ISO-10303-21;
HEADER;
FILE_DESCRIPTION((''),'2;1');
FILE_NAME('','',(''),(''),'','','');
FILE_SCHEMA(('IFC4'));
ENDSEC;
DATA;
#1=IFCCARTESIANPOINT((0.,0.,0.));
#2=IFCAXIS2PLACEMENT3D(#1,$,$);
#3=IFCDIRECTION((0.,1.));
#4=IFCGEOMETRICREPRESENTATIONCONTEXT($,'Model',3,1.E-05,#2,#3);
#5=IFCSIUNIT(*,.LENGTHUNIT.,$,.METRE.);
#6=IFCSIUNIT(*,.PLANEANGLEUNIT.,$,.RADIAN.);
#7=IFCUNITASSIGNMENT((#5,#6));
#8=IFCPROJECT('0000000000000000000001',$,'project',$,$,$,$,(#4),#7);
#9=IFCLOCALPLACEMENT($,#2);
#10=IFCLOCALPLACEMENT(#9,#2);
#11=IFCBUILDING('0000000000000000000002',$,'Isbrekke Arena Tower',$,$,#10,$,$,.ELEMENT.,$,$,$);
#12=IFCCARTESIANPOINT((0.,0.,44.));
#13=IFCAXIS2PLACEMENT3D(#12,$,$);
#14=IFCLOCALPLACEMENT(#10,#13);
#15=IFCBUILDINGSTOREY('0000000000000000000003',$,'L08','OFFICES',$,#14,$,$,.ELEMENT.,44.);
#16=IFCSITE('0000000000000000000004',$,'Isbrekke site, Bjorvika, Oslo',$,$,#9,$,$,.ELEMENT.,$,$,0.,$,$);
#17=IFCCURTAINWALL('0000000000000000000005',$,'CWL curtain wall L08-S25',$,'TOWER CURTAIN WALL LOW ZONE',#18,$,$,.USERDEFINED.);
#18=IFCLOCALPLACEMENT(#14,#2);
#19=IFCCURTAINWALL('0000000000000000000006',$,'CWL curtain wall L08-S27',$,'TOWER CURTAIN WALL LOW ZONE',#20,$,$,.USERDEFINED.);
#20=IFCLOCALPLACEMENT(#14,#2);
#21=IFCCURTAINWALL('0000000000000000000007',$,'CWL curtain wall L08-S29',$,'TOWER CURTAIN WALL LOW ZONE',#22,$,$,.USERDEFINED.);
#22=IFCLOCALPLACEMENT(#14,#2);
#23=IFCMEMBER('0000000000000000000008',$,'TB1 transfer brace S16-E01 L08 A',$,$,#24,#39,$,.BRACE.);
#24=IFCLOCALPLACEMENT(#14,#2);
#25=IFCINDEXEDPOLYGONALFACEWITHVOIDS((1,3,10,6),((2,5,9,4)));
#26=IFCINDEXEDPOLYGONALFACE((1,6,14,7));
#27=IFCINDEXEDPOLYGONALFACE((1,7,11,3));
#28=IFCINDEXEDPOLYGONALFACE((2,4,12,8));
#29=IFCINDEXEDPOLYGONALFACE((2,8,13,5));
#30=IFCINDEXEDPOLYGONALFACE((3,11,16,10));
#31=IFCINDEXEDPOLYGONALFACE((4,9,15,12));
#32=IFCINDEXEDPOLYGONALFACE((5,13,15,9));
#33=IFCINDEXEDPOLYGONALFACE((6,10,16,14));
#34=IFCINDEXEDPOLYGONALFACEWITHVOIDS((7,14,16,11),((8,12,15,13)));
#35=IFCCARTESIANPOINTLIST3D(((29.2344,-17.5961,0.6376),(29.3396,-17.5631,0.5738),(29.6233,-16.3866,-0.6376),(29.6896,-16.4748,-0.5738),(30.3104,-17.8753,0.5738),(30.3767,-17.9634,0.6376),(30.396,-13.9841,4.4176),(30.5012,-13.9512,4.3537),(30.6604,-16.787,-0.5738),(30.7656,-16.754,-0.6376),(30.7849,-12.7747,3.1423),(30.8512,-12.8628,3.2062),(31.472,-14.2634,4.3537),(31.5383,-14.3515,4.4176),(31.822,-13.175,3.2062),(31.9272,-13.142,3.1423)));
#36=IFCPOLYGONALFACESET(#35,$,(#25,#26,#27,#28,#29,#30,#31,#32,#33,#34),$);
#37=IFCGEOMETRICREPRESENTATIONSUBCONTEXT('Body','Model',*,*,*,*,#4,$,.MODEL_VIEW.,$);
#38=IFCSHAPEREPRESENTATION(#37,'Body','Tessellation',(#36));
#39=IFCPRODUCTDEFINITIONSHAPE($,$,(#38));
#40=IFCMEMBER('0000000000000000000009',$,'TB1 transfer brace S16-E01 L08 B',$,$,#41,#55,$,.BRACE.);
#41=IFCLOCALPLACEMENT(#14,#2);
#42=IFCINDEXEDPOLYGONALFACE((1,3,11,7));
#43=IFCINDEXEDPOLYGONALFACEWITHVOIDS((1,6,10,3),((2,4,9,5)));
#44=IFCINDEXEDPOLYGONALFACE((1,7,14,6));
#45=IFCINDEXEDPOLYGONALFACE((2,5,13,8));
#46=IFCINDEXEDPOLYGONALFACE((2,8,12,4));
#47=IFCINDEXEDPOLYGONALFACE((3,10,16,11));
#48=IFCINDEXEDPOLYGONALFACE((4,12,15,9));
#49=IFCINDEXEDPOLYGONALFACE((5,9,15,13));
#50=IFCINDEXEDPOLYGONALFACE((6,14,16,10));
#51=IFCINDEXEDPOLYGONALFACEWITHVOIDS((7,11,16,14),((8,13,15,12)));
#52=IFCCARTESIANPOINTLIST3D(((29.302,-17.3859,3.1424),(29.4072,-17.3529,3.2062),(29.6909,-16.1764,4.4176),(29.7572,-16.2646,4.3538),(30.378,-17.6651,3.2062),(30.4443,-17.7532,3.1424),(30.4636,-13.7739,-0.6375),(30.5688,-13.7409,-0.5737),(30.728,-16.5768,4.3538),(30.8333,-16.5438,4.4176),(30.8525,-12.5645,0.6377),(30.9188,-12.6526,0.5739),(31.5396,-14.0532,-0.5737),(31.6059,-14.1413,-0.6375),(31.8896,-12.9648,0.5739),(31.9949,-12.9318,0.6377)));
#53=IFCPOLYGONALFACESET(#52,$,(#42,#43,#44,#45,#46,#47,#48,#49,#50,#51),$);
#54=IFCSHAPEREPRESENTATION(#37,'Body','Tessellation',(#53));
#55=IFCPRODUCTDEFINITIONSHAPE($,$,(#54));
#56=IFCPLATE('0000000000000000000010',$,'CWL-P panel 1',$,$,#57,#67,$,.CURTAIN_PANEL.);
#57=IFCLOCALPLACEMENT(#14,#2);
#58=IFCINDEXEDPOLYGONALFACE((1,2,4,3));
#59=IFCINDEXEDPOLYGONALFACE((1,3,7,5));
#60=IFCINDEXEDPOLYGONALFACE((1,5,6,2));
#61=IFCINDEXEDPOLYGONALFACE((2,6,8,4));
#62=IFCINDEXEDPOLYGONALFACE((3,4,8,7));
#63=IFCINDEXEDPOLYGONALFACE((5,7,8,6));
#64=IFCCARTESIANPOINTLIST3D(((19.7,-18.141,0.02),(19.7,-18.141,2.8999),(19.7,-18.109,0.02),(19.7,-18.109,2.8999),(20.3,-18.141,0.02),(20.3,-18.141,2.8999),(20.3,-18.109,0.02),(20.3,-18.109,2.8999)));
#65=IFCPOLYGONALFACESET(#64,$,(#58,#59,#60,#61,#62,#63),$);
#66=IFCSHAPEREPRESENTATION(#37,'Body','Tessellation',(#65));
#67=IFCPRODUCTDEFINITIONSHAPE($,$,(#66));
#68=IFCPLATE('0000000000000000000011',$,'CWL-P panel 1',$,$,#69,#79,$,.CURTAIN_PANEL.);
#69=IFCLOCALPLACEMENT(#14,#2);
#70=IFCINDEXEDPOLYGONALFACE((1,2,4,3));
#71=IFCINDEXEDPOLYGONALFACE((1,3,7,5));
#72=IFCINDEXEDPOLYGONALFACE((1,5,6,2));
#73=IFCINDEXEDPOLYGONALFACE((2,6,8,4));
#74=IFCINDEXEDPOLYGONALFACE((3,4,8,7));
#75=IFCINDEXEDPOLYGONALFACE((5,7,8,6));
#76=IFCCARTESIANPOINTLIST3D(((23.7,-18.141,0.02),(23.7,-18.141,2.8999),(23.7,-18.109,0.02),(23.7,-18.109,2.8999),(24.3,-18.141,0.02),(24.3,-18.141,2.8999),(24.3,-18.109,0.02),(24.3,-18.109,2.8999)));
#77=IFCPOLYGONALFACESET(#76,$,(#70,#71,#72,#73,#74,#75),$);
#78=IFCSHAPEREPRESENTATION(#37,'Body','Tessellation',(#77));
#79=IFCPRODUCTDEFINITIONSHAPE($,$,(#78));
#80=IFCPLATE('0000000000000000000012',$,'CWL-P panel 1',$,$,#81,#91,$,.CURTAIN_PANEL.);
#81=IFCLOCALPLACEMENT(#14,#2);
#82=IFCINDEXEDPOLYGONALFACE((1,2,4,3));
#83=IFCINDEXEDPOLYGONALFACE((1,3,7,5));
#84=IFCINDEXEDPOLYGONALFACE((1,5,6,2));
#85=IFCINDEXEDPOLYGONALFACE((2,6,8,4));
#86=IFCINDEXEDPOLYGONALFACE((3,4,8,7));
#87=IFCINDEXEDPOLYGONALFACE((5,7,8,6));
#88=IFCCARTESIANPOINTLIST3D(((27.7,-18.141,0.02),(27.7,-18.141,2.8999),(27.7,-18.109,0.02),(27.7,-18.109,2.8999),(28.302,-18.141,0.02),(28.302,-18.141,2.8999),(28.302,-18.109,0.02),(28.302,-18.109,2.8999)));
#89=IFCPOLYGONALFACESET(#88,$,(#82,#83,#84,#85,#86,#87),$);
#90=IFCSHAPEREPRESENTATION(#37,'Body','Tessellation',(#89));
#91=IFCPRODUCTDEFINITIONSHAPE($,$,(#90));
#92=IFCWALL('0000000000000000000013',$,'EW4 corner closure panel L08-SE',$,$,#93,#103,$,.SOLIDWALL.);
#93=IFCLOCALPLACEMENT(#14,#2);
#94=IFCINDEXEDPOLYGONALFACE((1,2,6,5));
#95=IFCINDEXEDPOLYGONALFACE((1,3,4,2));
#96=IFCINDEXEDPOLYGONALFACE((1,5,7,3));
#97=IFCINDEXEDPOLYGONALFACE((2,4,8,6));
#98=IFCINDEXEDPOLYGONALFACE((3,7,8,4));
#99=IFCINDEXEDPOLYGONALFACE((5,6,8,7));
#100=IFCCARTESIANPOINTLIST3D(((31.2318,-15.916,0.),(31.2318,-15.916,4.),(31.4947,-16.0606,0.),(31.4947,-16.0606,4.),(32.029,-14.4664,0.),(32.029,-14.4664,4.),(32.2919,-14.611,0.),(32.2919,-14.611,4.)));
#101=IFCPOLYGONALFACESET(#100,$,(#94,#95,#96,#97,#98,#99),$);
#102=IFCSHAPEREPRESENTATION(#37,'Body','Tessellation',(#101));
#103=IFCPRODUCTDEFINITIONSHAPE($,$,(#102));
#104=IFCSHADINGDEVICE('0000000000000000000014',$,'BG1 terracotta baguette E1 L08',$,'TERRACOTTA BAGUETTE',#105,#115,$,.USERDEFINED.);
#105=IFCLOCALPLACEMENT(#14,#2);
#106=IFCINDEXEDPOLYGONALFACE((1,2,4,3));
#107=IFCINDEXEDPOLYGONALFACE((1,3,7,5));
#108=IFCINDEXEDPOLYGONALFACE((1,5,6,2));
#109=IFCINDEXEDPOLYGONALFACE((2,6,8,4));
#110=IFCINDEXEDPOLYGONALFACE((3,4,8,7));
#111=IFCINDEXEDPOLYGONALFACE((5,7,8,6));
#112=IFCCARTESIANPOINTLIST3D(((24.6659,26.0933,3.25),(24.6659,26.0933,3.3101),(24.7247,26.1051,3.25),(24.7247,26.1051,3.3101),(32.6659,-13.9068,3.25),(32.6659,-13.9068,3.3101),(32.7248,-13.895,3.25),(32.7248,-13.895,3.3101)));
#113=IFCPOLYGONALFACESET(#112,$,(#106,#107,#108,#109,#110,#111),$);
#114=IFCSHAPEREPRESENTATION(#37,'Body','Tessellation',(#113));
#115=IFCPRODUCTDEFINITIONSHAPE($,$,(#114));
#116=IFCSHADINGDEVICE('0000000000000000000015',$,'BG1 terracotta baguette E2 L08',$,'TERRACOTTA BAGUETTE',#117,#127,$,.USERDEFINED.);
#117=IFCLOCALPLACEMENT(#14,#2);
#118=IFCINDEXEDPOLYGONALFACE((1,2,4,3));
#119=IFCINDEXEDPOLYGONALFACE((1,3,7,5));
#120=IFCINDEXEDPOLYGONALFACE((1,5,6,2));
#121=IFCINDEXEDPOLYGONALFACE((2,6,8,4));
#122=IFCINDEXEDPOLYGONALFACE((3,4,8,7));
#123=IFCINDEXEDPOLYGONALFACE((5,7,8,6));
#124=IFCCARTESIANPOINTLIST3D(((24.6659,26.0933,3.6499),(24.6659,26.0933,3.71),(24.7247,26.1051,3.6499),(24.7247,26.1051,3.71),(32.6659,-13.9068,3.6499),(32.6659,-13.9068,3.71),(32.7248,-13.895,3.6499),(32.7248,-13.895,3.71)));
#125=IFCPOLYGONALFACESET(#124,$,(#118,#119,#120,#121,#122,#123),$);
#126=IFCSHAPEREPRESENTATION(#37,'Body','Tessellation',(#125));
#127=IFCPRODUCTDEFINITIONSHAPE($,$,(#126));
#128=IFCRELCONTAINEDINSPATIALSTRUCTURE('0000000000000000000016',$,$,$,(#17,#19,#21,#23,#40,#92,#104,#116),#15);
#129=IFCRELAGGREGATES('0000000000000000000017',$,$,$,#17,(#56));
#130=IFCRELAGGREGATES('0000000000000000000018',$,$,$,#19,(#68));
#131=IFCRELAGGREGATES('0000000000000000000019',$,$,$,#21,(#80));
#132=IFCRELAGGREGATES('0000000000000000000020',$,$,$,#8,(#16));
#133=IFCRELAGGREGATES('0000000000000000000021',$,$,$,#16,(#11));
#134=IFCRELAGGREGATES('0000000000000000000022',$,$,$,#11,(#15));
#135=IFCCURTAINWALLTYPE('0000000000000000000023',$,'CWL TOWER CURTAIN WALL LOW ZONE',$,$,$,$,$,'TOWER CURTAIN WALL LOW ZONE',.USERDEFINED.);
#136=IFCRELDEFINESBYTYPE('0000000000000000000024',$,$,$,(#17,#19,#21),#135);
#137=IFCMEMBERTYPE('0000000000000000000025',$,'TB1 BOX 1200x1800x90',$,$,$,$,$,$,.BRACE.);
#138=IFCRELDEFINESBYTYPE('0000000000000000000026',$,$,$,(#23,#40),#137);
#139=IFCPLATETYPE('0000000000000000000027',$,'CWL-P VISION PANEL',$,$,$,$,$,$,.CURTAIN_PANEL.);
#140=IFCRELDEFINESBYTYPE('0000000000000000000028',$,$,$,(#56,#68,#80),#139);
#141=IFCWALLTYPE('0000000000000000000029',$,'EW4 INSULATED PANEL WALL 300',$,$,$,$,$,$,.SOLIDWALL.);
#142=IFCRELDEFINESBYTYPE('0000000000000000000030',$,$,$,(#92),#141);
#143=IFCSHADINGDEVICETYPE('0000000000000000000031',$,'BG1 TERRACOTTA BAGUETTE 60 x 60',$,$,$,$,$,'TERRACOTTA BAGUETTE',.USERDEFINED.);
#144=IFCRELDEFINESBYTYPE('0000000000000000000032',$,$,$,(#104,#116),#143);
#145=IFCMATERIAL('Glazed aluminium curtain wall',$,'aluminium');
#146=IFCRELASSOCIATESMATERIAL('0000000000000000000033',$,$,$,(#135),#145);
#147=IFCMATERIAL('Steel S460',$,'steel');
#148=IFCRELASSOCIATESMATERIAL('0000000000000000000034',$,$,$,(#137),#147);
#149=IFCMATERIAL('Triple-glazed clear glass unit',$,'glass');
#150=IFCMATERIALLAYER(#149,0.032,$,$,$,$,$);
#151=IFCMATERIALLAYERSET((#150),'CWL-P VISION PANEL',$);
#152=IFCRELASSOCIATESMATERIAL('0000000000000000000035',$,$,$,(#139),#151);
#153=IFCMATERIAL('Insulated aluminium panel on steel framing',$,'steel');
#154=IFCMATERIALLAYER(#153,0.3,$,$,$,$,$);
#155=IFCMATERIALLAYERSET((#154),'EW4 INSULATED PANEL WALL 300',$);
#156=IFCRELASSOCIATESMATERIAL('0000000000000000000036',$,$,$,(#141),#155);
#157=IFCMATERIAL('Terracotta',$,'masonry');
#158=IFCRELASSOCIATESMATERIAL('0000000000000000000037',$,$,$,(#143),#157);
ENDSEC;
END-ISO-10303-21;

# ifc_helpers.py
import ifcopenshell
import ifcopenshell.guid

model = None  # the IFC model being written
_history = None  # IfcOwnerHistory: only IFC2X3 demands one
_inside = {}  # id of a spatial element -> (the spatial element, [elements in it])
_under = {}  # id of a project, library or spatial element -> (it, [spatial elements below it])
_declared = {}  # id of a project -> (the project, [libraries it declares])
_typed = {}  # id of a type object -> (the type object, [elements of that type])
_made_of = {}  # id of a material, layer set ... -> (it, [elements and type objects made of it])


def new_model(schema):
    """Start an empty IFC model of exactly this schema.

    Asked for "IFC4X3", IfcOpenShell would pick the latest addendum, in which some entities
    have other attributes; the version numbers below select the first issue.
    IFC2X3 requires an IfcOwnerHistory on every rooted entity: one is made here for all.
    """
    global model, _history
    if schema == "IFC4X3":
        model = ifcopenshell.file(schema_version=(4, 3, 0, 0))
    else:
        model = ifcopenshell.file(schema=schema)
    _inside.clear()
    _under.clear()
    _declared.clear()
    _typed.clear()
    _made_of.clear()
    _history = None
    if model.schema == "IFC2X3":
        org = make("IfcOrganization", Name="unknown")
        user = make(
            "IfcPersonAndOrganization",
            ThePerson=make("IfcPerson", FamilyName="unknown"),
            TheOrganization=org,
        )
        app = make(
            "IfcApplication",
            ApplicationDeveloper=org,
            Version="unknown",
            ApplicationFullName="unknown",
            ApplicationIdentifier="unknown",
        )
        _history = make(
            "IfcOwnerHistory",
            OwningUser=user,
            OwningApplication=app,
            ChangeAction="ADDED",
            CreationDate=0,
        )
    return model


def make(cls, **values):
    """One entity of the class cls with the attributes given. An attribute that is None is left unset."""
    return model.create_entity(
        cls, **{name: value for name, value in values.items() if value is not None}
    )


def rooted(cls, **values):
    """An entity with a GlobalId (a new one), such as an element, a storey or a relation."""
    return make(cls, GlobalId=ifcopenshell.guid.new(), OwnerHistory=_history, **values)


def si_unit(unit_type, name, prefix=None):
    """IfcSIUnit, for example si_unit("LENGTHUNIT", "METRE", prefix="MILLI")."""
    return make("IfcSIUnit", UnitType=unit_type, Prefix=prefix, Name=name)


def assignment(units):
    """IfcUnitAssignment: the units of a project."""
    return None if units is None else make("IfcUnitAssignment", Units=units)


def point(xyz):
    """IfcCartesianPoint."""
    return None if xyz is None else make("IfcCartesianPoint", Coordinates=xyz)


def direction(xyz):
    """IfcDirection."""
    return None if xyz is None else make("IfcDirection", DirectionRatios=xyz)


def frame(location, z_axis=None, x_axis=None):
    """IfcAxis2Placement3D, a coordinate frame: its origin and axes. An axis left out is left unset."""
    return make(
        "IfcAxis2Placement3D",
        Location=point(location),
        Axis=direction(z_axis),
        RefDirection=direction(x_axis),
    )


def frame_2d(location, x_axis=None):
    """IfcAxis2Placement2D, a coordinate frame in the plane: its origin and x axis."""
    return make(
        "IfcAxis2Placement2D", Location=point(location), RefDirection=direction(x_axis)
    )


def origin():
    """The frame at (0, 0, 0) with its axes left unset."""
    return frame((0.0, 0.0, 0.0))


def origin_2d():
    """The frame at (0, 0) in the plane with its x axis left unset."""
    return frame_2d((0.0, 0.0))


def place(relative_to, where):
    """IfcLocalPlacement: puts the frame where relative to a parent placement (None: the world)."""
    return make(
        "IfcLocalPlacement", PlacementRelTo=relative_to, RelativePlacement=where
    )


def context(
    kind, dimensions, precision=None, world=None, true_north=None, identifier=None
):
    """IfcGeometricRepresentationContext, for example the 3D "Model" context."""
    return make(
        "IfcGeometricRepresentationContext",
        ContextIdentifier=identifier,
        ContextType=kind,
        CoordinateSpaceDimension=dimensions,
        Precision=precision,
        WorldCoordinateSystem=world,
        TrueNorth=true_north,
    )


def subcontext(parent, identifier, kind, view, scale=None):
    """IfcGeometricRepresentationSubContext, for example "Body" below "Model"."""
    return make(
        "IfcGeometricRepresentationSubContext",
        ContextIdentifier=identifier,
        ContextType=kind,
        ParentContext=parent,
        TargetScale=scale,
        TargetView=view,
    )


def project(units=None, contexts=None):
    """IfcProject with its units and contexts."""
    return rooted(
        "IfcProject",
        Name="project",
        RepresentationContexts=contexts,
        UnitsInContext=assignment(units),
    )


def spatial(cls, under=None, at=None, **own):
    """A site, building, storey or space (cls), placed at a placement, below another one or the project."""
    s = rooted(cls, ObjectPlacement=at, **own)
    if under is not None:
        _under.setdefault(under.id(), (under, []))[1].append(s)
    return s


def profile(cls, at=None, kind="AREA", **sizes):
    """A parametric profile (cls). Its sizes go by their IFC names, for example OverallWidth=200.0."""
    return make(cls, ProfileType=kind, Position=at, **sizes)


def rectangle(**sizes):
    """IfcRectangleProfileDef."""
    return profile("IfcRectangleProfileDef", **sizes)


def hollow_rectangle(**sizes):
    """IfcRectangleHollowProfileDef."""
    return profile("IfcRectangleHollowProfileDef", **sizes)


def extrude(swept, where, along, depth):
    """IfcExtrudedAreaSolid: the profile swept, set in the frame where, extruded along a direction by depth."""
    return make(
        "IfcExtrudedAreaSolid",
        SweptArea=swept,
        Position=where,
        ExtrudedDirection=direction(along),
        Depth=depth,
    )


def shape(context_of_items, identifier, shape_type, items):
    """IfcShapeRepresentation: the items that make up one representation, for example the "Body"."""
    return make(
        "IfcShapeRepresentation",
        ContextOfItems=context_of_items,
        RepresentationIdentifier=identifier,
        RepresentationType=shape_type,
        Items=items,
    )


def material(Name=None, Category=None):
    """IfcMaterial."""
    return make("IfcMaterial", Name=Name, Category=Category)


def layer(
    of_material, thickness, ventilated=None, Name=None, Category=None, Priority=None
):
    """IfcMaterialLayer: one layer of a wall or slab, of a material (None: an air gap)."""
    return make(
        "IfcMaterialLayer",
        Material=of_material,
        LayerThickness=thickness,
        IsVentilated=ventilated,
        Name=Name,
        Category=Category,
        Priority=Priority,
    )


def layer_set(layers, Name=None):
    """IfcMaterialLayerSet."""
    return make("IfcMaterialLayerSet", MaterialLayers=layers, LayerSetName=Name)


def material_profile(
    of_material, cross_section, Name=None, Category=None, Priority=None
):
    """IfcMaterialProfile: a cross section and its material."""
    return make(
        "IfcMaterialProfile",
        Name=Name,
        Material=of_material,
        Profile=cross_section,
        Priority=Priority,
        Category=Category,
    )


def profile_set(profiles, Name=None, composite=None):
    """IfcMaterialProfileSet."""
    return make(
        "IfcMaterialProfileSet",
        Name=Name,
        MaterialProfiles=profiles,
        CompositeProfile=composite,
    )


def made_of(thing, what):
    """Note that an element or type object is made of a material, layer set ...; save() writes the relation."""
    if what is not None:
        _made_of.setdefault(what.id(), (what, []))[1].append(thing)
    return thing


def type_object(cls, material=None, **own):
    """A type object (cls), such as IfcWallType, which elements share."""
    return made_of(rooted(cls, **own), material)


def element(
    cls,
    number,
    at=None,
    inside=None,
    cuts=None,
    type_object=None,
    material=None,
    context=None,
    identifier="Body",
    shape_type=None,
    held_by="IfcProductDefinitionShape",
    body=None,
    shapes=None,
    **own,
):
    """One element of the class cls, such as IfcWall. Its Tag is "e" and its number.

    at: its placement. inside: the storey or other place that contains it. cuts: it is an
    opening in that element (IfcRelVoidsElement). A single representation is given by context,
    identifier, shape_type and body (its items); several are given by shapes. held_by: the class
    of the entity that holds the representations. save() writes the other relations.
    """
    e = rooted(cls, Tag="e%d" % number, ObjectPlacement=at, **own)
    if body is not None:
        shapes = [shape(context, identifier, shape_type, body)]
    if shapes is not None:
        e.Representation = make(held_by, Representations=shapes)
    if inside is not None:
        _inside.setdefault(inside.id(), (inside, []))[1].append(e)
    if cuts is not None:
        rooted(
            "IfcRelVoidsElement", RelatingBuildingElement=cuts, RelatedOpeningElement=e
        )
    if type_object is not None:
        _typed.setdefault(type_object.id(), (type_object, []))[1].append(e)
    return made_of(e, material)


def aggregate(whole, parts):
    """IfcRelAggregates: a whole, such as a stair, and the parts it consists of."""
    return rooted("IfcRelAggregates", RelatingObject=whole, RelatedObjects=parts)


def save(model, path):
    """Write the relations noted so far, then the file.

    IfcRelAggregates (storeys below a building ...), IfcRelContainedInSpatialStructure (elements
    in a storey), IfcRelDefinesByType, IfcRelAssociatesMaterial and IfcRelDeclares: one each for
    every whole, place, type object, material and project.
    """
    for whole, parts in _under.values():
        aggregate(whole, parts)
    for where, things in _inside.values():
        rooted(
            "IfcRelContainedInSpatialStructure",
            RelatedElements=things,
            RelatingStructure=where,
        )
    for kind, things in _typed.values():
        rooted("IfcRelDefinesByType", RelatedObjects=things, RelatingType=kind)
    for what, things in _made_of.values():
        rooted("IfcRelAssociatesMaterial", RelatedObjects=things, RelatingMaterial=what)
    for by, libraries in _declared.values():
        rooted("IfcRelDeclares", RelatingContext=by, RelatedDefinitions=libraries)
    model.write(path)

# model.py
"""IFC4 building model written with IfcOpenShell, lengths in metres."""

from ifc_helpers import new_model, si_unit, direction, frame, frame_2d, origin, origin_2d, place, context, subcontext, project, spatial, rectangle, hollow_rectangle, extrude, material, layer, layer_set, material_profile, profile_set, type_object, element, aggregate, save


model = new_model("IFC4")

# Units and contexts
model_context = context("Model", 3, precision=1e-05, world=origin(), true_north=direction((0.0, 1.0)))
body_context = subcontext(model_context, "Body", "Model", "MODEL_VIEW")
ifc_project = project(units=[si_unit("LENGTHUNIT", "METRE"), si_unit("PLANEANGLEUNIT", "RADIAN")], contexts=[model_context])

# Site, building, storey
site_placement = place(None, origin())
site = spatial("IfcSite", under=ifc_project, at=site_placement, Name="Isbrekke site, Bjorvika, Oslo", CompositionType="ELEMENT", RefElevation=0.0)
building_placement = place(site_placement, origin())
building = spatial("IfcBuilding", under=site, at=building_placement, Name="Isbrekke Arena Tower", CompositionType="ELEMENT")
storey_placement = place(building_placement, frame((0.0, 0.0, 44.0)))
storey = spatial("IfcBuildingStorey", under=building, at=storey_placement, Name="L08", Description="OFFICES", CompositionType="ELEMENT", Elevation=44.0)

# Curtain walls
ifc_material_1 = material(Name="Glazed aluminium curtain wall", Category="aluminium")
curtain_wall_type = type_object("IfcCurtainWallType", Name="CWL TOWER CURTAIN WALL LOW ZONE", ElementType="TOWER CURTAIN WALL LOW ZONE", PredefinedType="USERDEFINED", material=ifc_material_1)
curtain_wall_1_placement = place(storey_placement, origin())
curtain_wall_1 = element("IfcCurtainWall", 1, at=curtain_wall_1_placement, inside=storey, type_object=curtain_wall_type, Name="CWL curtain wall L08-S25", ObjectType="TOWER CURTAIN WALL LOW ZONE", PredefinedType="USERDEFINED")
curtain_wall_2_placement = place(storey_placement, origin())
curtain_wall_2 = element("IfcCurtainWall", 2, at=curtain_wall_2_placement, inside=storey, type_object=curtain_wall_type, Name="CWL curtain wall L08-S27", ObjectType="TOWER CURTAIN WALL LOW ZONE", PredefinedType="USERDEFINED")
curtain_wall_3_placement = place(storey_placement, origin())
curtain_wall_3 = element("IfcCurtainWall", 3, at=curtain_wall_3_placement, inside=storey, type_object=curtain_wall_type, Name="CWL curtain wall L08-S29", ObjectType="TOWER CURTAIN WALL LOW ZONE", PredefinedType="USERDEFINED")

# Members
ifc_material_2 = material(Name="Steel S460", Category="steel")
ifc_material_profile_1 = material_profile(ifc_material_2, hollow_rectangle(XDim=1.2, YDim=1.8, WallThickness=0.0901, at=origin_2d()), Name="BOX 1200x1800x90")
ifc_profile_set_1 = profile_set([ifc_material_profile_1], Name="Steel S460")
member_type_1 = type_object("IfcMemberType", Name="TB1 BOX 1200x1800x90", PredefinedType="BRACE", material=ifc_profile_set_1)
for number, where, z_axis, x_axis, name in (
    (4, (30.0, -17.175, 0.0), (0.216889, 0.674416, 0.705778), (-0.951982, 0.306153, 0.0), "TB1 transfer brace S16-E01 L08 A"),
    (5, (30.0676, -16.9648, 3.78), (0.216889, 0.674416, -0.705778), (-0.951982, 0.306153, 0.0), "TB1 transfer brace S16-E01 L08 B"),
):
    element("IfcMember", number, at=place(storey_placement, frame(where, z_axis=z_axis, x_axis=x_axis)), inside=storey, type_object=member_type_1, Name=name, PredefinedType="BRACE", context=body_context, shape_type="SweptSolid", body=[
        extrude(hollow_rectangle(XDim=1.2, YDim=1.8, WallThickness=0.0901, at=origin_2d()), origin(), (0.0, 0.0, 1.0), 5.3557),
    ])

# Plates
ifc_material_3 = material(Name="Triple-glazed clear glass unit", Category="glass")
ifc_layer_1 = layer(ifc_material_3, 0.032)
ifc_layer_set_1 = layer_set([ifc_layer_1], Name="CWL-P VISION PANEL")
plate_type = type_object("IfcPlateType", Name="CWL-P VISION PANEL", PredefinedType="CURTAIN_PANEL", material=ifc_layer_set_1)
plate_1_placement = place(storey_placement, frame((20.0, -18.125, 0.02), z_axis=(0.0, 0.0, 1.0), x_axis=(1.0, 0.0, 0.0)))
plate_1 = element("IfcPlate", 6, at=plate_1_placement, type_object=plate_type, Name="CWL-P panel 1", PredefinedType="CURTAIN_PANEL", context=body_context, shape_type="SweptSolid", body=[
    extrude(rectangle(XDim=0.6001, YDim=0.032, at=origin_2d()), origin(), (0.0, 0.0, 1.0), 2.8799),
])
aggregate(curtain_wall_1, [plate_1])
plate_2_placement = place(storey_placement, frame((24.0, -18.125, 0.02), z_axis=(0.0, 0.0, 1.0), x_axis=(1.0, 0.0, 0.0)))
plate_2 = element("IfcPlate", 7, at=plate_2_placement, type_object=plate_type, Name="CWL-P panel 1", PredefinedType="CURTAIN_PANEL", context=body_context, shape_type="SweptSolid", body=[
    extrude(rectangle(XDim=0.6001, YDim=0.032, at=origin_2d()), origin(), (0.0, 0.0, 1.0), 2.8799),
])
aggregate(curtain_wall_2, [plate_2])
plate_3_placement = place(storey_placement, frame((28.001, -18.125, 0.02), z_axis=(0.0, 0.0, 1.0), x_axis=(1.0, 0.0, 0.0)))
plate_3 = element("IfcPlate", 8, at=plate_3_placement, type_object=plate_type, Name="CWL-P panel 1", PredefinedType="CURTAIN_PANEL", context=body_context, shape_type="SweptSolid", body=[
    extrude(rectangle(XDim=0.6021, YDim=0.032, at=origin_2d()), origin(), (0.0, 0.0, 1.0), 2.8799),
])
aggregate(curtain_wall_3, [plate_3])

# Wall
ifc_material_4 = material(Name="Insulated aluminium panel on steel framing", Category="steel")
ifc_layer_2 = layer(ifc_material_4, 0.3)
ifc_layer_set_2 = layer_set([ifc_layer_2], Name="EW4 INSULATED PANEL WALL 300")
wall_type = type_object("IfcWallType", Name="EW4 INSULATED PANEL WALL 300", PredefinedType="SOLIDWALL", material=ifc_layer_set_2)
wall_placement = place(storey_placement, frame((31.3633, -15.9883, 0.0), z_axis=(0.0, 0.0, 1.0), x_axis=(0.481879, 0.876238, 0.0)))
element("IfcWall", 9, at=wall_placement, inside=storey, type_object=wall_type, Name="EW4 corner closure panel L08-SE", PredefinedType="SOLIDWALL", context=body_context, shape_type="SweptSolid", body=[
    extrude(rectangle(XDim=1.6543, YDim=0.3, at=frame_2d((0.8271, 0.0))), origin(), (0.0, 0.0, 1.0), 4.0),
])

# Shading devices
ifc_material_5 = material(Name="Terracotta", Category="masonry")
ifc_material_profile_2 = material_profile(ifc_material_5, rectangle(XDim=0.0601, YDim=0.0601, at=origin_2d()), Name="BAGUETTE 60X60")
ifc_profile_set_2 = profile_set([ifc_material_profile_2], Name="Terracotta")
shading_device_type = type_object("IfcShadingDeviceType", Name="BG1 TERRACOTTA BAGUETTE 60 x 60", ElementType="TERRACOTTA BAGUETTE", PredefinedType="USERDEFINED", material=ifc_profile_set_2)
for number, where, z_axis, x_axis, name in (
    (10, (32.6953, -13.9009, 3.28), (-0.196116, 0.980581, 0.0), (-0.980581, -0.196116, 0.0), "BG1 terracotta baguette E1 L08"),
    (11, (32.6953, -13.9009, 3.6799), (-0.196116, 0.980581, 0.0), (-0.980581, -0.196116, 0.0), "BG1 terracotta baguette E2 L08"),
):
    element("IfcShadingDevice", number, at=place(storey_placement, frame(where, z_axis=z_axis, x_axis=x_axis)), inside=storey, type_object=shading_device_type, Name=name, ObjectType="TERRACOTTA BAGUETTE", PredefinedType="USERDEFINED", context=body_context, shape_type="SweptSolid", body=[
        extrude(rectangle(XDim=0.0601, YDim=0.0601, at=origin_2d()), origin(), (0.0, 0.0, 1.0), 40.7922),
    ])

save(model, "model.ifc")
